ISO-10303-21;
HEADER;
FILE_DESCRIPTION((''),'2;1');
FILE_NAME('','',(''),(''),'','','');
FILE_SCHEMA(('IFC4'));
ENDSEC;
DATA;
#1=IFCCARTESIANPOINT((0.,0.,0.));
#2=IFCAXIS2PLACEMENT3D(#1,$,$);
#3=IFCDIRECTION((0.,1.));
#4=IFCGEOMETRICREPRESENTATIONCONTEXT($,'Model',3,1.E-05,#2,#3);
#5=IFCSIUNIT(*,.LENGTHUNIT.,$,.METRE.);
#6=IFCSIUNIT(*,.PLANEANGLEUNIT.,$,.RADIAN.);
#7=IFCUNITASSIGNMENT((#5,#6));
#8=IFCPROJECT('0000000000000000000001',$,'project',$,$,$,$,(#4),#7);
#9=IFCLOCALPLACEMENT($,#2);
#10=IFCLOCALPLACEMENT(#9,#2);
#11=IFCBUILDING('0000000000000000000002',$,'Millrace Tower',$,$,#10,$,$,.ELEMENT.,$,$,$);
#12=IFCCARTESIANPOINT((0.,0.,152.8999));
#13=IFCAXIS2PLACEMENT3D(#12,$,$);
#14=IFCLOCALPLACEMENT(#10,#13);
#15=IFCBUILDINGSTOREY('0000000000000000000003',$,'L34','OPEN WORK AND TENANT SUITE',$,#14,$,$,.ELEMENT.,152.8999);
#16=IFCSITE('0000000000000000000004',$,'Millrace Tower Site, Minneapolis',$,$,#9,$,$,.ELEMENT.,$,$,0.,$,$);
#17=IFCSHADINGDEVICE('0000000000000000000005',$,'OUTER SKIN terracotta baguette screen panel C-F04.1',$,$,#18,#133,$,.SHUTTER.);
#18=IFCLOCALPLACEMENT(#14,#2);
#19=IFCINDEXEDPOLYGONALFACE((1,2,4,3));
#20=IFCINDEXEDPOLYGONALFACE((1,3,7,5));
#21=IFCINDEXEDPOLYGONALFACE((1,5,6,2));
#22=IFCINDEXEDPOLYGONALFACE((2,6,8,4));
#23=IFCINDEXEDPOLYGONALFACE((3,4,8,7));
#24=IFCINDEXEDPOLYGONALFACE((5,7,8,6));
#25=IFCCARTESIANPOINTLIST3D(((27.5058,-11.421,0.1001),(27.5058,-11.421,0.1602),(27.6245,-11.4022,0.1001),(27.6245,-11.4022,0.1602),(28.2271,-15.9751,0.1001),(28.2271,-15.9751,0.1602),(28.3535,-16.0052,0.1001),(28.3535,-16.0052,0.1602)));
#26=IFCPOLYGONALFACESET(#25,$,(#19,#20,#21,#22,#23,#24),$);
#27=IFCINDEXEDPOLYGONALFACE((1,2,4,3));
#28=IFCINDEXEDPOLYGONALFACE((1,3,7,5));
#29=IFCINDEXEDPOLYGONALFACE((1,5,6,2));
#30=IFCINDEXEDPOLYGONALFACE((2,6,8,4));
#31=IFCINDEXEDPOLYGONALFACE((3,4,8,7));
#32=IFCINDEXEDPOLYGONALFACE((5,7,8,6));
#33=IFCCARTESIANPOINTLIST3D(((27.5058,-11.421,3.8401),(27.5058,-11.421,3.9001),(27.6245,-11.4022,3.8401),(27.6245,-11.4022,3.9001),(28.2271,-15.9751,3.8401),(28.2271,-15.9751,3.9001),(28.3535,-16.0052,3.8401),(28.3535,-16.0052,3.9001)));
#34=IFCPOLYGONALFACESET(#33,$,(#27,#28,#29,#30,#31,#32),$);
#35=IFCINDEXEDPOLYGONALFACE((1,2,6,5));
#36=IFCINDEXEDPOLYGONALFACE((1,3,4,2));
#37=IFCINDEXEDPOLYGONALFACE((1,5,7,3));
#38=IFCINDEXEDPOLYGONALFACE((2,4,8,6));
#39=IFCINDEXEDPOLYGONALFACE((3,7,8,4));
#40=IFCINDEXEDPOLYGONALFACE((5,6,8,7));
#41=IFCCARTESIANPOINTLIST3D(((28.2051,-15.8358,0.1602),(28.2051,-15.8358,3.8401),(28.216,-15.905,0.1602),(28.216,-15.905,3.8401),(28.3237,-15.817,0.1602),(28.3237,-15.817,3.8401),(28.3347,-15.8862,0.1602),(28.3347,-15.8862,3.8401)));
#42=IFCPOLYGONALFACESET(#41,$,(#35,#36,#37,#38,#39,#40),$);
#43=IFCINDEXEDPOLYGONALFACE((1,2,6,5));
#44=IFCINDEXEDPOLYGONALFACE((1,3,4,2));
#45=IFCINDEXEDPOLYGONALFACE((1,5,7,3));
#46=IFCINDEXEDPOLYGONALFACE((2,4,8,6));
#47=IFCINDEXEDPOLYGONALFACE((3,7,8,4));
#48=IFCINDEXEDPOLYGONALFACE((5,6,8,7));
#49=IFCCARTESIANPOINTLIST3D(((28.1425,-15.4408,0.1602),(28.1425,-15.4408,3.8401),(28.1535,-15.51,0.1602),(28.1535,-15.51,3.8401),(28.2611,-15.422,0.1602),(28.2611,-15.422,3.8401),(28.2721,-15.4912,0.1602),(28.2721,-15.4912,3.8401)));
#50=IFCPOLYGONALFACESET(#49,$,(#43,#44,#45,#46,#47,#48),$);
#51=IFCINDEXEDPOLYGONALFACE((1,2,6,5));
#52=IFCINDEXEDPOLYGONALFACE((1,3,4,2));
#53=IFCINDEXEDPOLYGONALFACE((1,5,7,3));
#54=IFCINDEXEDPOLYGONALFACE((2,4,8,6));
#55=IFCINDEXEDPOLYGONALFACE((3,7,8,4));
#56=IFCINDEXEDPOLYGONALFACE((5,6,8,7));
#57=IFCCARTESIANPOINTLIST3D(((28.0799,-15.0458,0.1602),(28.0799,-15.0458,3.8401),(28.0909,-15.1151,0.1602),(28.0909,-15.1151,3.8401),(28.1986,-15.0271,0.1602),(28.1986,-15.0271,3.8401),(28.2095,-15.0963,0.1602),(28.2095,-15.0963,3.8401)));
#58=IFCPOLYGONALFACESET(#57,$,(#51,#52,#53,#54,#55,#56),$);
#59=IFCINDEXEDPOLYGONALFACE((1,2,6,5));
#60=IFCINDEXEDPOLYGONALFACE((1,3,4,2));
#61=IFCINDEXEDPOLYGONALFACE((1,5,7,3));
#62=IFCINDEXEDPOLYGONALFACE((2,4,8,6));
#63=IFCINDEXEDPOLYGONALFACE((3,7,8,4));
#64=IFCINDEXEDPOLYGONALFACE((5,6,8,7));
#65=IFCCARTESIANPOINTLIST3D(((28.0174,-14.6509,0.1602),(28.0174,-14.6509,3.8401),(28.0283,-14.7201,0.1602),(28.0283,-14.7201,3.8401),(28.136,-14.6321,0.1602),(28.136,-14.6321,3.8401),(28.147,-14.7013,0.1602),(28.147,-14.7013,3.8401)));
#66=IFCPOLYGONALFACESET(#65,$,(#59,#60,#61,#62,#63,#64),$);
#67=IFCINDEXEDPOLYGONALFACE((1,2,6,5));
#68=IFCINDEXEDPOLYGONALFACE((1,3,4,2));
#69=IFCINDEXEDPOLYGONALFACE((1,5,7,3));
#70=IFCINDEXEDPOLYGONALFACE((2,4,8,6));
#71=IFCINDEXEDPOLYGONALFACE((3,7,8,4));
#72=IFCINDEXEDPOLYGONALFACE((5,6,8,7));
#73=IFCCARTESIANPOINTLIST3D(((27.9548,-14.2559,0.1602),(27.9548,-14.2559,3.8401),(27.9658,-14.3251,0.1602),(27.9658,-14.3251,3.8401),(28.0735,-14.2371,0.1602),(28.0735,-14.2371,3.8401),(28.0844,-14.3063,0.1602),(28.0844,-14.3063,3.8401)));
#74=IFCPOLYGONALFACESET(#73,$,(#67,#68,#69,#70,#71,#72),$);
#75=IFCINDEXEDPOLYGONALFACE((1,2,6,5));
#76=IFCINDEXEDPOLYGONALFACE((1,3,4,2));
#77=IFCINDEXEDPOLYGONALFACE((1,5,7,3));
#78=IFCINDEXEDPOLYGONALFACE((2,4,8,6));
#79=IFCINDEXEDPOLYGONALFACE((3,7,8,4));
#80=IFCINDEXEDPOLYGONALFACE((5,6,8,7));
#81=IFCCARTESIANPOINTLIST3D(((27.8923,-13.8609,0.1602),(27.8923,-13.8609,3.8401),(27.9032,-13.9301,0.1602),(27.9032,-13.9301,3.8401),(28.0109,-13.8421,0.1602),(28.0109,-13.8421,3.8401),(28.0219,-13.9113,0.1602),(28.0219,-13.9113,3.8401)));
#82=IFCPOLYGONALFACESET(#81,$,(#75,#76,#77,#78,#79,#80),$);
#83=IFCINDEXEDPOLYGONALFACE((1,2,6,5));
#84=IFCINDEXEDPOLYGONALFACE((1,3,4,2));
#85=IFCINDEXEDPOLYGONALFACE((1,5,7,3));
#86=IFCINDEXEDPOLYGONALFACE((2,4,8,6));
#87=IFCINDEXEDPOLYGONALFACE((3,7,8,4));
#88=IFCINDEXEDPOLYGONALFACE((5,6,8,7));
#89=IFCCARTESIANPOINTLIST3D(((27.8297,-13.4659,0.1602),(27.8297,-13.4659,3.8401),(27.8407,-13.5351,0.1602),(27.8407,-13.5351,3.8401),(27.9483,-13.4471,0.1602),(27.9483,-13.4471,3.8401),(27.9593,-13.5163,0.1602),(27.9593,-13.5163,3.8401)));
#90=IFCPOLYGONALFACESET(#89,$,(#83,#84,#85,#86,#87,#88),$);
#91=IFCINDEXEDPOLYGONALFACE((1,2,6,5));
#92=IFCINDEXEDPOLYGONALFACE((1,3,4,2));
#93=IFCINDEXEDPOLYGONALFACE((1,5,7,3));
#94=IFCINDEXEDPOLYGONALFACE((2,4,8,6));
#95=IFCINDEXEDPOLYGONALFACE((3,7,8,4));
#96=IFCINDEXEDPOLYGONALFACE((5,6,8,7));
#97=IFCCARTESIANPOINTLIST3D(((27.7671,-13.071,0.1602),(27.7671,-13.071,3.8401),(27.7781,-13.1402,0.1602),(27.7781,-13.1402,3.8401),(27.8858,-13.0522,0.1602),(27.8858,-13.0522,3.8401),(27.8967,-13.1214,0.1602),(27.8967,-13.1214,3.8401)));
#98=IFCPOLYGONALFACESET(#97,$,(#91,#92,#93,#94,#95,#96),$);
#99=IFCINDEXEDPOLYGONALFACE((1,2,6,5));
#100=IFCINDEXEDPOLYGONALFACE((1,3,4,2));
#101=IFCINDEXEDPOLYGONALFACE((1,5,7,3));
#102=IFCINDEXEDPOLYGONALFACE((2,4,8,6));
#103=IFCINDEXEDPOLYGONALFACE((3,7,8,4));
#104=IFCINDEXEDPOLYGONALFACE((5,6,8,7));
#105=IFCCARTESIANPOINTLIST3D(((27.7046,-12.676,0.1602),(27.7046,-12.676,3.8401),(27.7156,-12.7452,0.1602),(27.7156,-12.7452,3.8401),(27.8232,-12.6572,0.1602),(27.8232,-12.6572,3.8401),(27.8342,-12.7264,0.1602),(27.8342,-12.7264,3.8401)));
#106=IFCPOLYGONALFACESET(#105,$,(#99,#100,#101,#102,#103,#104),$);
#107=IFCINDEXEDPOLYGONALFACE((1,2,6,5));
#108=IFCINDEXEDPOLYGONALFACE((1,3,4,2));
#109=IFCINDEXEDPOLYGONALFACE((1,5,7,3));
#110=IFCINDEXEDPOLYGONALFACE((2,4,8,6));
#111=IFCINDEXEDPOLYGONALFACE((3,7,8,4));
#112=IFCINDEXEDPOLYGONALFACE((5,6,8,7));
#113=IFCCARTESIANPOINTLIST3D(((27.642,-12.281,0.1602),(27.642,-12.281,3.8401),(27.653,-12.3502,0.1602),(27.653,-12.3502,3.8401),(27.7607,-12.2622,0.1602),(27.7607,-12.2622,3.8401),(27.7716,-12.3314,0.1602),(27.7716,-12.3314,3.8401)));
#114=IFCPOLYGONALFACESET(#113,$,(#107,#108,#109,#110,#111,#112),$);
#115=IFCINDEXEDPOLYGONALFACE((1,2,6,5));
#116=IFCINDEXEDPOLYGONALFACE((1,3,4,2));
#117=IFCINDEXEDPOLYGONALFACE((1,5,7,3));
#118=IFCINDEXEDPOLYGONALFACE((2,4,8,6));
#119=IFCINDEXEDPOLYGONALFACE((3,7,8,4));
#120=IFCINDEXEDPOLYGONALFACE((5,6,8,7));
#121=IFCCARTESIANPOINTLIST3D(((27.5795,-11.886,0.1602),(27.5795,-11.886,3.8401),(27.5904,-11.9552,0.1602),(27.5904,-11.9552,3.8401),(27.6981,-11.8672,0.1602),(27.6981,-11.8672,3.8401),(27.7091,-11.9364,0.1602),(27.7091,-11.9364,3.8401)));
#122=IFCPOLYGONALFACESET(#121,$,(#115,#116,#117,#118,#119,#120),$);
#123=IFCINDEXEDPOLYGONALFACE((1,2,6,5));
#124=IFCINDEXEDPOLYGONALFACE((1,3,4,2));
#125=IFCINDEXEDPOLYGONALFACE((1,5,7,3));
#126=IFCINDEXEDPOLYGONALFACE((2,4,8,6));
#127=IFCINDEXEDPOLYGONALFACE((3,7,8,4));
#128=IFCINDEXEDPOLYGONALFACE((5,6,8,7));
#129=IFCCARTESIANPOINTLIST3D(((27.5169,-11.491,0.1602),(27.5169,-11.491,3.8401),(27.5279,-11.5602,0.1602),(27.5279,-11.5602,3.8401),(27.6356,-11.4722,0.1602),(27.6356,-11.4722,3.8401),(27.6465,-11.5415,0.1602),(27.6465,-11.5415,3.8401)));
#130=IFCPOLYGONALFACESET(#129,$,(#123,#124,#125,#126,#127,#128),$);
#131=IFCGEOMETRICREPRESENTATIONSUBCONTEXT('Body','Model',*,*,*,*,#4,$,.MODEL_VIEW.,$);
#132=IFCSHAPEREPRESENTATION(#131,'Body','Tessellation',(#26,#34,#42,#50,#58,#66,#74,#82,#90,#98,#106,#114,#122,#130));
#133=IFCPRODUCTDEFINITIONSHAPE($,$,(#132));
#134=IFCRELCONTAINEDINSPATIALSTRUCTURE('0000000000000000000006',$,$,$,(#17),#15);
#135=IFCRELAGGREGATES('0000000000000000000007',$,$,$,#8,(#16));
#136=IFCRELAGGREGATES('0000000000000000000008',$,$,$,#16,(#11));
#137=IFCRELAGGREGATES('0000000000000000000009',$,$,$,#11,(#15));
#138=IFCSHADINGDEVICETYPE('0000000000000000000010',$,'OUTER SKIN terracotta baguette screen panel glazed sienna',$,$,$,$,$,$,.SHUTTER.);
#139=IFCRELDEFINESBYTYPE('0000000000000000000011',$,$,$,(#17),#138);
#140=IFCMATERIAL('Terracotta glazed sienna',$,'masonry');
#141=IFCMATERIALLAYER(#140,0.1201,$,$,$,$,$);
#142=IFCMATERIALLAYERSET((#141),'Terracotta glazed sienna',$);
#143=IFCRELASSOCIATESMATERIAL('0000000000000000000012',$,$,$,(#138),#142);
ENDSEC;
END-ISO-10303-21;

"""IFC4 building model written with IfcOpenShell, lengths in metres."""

from ifc_helpers import new_model, entity, si_unit, direction, frame, frame_2d, origin, place, context, subcontext, project, spatial, rectangle, extrude, source, transform, mapped, material, layer, layer_set, type_object, element, save


model = new_model("IFC4")

# Units and contexts
model_context = context("Model", 3, precision=1e-05, world=origin(), true_north=direction((0.0, 1.0)))
body_context = subcontext(model_context, "Body", "Model", "MODEL_VIEW")
ifc_project = project(units=[si_unit("LENGTHUNIT", "METRE"), si_unit("PLANEANGLEUNIT", "RADIAN")], contexts=[model_context])

# Site, building, storey
site_placement = place(None, origin())
site = spatial("IfcSite", under=ifc_project, at=site_placement, Name="Millrace Tower Site, Minneapolis", CompositionType="ELEMENT", RefElevation=0.0)
building_placement = place(site_placement, origin())
building = spatial("IfcBuilding", under=site, at=building_placement, Name="Millrace Tower", CompositionType="ELEMENT")
storey_placement = place(building_placement, frame((0.0, 0.0, 152.8999)))
storey = spatial("IfcBuildingStorey", under=building, at=storey_placement, Name="L34", Description="OPEN WORK AND TENANT SUITE", CompositionType="ELEMENT", Elevation=152.8999)

# Shading device
ifc_material_1 = material(Name="Terracotta glazed sienna", Category="masonry")
ifc_layer_1 = layer(ifc_material_1, 0.1201)
ifc_layer_set_1 = layer_set([ifc_layer_1], Name="Terracotta glazed sienna")
shading_device_type = type_object("IfcShadingDeviceType", Name="OUTER SKIN terracotta baguette screen panel glazed sienna", PredefinedType="SHUTTER", material=ifc_layer_set_1)
cartesian_point_1 = entity("IfcCartesianPoint", [-2.293, 0.0601])
shared_polyline_1 = entity("IfcPolyline", [cartesian_point_1, entity("IfcCartesianPoint", [2.3179, 0.0601]), entity("IfcCartesianPoint", [2.3179, -0.0601]), entity("IfcCartesianPoint", [-2.3425, -0.0601]), cartesian_point_1])
shared_shape_1 = source(origin(), body_context, "Body", "SweptSolid", [
    entity("IfcExtrudedAreaSolid", entity("IfcArbitraryClosedProfileDef", "AREA", None, shared_polyline_1), entity("IfcAxis2Placement3D", entity("IfcCartesianPoint", [0.0, 0.0, 0.0])), entity("IfcDirection", [0.0, 0.0, 1.0]), 0.0601),
    entity("IfcExtrudedAreaSolid", entity("IfcArbitraryClosedProfileDef", "AREA", None, shared_polyline_1), entity("IfcAxis2Placement3D", entity("IfcCartesianPoint", [0.0, 0.0, 3.74])), entity("IfcDirection", [0.0, 0.0, 1.0]), 0.0601),
    extrude(rectangle(XDim=0.0701, YDim=0.1201, at=frame_2d((-2.187, 0.0))), frame((0.0, 0.0, 0.0601)), (0.0, 0.0, 1.0), 3.6799),
    extrude(rectangle(XDim=0.0701, YDim=0.1201, at=frame_2d((-1.7871, 0.0))), frame((0.0, 0.0, 0.0601)), (0.0, 0.0, 1.0), 3.6799),
    extrude(rectangle(XDim=0.0701, YDim=0.1201, at=frame_2d((-1.3872, 0.0))), frame((0.0, 0.0, 0.0601)), (0.0, 0.0, 1.0), 3.6799),
    extrude(rectangle(XDim=0.0701, YDim=0.1201, at=frame_2d((-0.9873, 0.0))), frame((0.0, 0.0, 0.0601)), (0.0, 0.0, 1.0), 3.6799),
    extrude(rectangle(XDim=0.0701, YDim=0.1201, at=frame_2d((-0.5874, 0.0))), frame((0.0, 0.0, 0.0601)), (0.0, 0.0, 1.0), 3.6799),
    extrude(rectangle(XDim=0.0701, YDim=0.1201, at=frame_2d((-0.1875, 0.0))), frame((0.0, 0.0, 0.0601)), (0.0, 0.0, 1.0), 3.6799),
    extrude(rectangle(XDim=0.0701, YDim=0.1201, at=frame_2d((0.2124, 0.0))), frame((0.0, 0.0, 0.0601)), (0.0, 0.0, 1.0), 3.6799),
    extrude(rectangle(XDim=0.0701, YDim=0.1201, at=frame_2d((0.6123, 0.0))), frame((0.0, 0.0, 0.0601)), (0.0, 0.0, 1.0), 3.6799),
    extrude(rectangle(XDim=0.0701, YDim=0.1201, at=frame_2d((1.0122, 0.0))), frame((0.0, 0.0, 0.0601)), (0.0, 0.0, 1.0), 3.6799),
    extrude(rectangle(XDim=0.0701, YDim=0.1201, at=frame_2d((1.4121, 0.0))), frame((0.0, 0.0, 0.0601)), (0.0, 0.0, 1.0), 3.6799),
    extrude(rectangle(XDim=0.0701, YDim=0.1201, at=frame_2d((1.812, 0.0))), frame((0.0, 0.0, 0.0601)), (0.0, 0.0, 1.0), 3.6799),
    extrude(rectangle(XDim=0.0701, YDim=0.1201, at=frame_2d((2.2119, 0.0))), frame((0.0, 0.0, 0.0601)), (0.0, 0.0, 1.0), 3.6799),
])
shading_device_1_placement = place(storey_placement, frame((27.9277, -13.7009, 0.1001), z_axis=(0.0, 0.0, 1.0), x_axis=(-0.156434, 0.987688, 0.0)))
element("IfcShadingDevice", 1, at=shading_device_1_placement, inside=storey, type_object=shading_device_type, Name="OUTER SKIN terracotta baguette screen panel C-F04.1", PredefinedType="SHUTTER", context=body_context, shape_type="MappedRepresentation", body=[
    mapped(shared_shape_1, transform((0.0, 0.0, 0.0), scale=1.0)),
])

save(model, "model.ifc")
